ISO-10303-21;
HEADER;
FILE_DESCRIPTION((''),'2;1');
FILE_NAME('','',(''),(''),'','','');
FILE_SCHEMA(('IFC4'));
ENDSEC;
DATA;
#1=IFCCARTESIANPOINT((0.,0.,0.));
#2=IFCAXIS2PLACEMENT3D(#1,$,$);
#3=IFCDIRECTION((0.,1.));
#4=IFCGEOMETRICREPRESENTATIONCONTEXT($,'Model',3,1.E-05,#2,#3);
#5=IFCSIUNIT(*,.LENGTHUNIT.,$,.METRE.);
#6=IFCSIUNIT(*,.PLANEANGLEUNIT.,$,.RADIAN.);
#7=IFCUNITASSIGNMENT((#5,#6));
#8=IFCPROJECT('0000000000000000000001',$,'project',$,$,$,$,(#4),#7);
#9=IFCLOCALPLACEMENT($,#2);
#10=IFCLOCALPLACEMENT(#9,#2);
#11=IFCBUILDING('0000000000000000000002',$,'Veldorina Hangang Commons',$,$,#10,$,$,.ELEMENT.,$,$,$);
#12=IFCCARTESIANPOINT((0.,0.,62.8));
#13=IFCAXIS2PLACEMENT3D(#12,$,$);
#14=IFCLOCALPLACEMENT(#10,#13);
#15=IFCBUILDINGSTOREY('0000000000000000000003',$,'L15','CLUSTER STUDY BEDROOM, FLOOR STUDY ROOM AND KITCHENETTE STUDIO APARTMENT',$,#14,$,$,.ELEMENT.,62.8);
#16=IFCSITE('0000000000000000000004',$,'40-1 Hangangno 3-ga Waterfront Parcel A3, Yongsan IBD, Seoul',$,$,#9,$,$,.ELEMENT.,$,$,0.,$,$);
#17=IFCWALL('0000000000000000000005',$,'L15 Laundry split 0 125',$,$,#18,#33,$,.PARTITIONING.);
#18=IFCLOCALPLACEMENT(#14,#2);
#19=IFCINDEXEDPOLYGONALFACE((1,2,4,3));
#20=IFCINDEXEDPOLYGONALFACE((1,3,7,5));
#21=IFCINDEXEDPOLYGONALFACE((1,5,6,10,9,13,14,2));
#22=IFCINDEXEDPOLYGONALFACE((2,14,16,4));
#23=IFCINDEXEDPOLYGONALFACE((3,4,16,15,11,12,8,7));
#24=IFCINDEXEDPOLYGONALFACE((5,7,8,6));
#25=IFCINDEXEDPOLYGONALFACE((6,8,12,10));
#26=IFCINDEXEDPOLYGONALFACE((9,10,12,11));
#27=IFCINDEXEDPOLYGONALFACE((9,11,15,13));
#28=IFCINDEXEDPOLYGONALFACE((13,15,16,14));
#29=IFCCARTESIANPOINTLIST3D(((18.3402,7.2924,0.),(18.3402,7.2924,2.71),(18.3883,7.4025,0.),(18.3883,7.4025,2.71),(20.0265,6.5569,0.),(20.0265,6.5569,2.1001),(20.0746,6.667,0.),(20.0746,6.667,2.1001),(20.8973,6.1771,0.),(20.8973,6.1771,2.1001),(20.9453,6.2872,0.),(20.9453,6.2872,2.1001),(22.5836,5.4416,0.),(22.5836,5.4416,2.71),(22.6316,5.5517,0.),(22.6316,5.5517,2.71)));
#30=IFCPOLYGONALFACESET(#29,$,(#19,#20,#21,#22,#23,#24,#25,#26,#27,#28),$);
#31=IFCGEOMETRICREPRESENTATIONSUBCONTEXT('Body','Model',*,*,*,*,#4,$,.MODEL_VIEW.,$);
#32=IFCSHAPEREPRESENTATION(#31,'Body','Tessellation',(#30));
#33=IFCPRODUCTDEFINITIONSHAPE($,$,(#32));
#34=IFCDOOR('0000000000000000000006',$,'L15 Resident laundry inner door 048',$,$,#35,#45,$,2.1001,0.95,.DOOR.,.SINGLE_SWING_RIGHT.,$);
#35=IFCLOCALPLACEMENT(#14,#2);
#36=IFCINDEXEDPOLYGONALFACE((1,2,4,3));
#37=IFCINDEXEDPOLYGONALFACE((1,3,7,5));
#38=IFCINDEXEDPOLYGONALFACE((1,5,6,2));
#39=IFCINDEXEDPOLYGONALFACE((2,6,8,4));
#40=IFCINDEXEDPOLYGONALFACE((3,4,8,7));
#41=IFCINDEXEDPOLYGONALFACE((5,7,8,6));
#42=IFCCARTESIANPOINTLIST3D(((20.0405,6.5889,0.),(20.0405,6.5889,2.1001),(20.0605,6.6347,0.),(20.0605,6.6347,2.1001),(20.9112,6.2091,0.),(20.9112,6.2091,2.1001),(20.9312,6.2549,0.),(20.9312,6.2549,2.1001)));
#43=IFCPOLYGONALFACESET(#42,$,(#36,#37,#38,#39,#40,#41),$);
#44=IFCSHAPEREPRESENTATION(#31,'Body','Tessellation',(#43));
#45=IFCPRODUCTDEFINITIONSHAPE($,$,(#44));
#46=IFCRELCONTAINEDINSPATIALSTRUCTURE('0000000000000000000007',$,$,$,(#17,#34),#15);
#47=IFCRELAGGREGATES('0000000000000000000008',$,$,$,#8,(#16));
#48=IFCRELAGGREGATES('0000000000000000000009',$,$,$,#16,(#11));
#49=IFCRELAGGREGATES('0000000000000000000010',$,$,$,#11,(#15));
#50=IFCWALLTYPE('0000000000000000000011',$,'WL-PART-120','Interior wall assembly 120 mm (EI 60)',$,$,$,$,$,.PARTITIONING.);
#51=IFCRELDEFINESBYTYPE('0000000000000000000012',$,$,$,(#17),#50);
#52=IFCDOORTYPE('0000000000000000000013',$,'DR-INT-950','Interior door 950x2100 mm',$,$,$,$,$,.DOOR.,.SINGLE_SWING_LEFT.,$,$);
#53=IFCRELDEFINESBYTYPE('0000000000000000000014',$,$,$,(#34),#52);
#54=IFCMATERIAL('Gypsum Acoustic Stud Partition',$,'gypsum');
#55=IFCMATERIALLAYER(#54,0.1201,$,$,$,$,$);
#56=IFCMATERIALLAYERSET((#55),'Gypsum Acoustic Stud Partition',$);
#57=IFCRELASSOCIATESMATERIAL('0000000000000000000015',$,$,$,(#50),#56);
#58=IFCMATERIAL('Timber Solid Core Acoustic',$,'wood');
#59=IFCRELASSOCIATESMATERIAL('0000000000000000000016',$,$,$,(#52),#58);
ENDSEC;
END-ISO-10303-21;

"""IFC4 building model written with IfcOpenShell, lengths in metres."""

from ifc_helpers import new_model, si_unit, direction, frame, frame_2d, origin, place, context, subcontext, project, spatial, rectangle, extrude, material, layer, layer_set, type_object, element, fill, save


model = new_model("IFC4")

# Units and contexts
model_context = context("Model", 3, precision=1e-05, world=origin(), true_north=direction((0.0, 1.0)))
body_context = subcontext(model_context, "Body", "Model", "MODEL_VIEW")
ifc_project = project(units=[si_unit("LENGTHUNIT", "METRE"), si_unit("PLANEANGLEUNIT", "RADIAN")], contexts=[model_context])

# Site, building, storey
site_placement = place(None, origin())
site = spatial("IfcSite", under=ifc_project, at=site_placement, Name="40-1 Hangangno 3-ga Waterfront Parcel A3, Yongsan IBD, Seoul", CompositionType="ELEMENT", RefElevation=0.0)
building_placement = place(site_placement, origin())
building = spatial("IfcBuilding", under=site, at=building_placement, Name="Veldorina Hangang Commons", CompositionType="ELEMENT")
storey_placement = place(building_placement, frame((0.0, 0.0, 62.8)))
storey = spatial("IfcBuildingStorey", under=building, at=storey_placement, Name="L15", Description="CLUSTER STUDY BEDROOM, FLOOR STUDY ROOM AND KITCHENETTE STUDIO APARTMENT", CompositionType="ELEMENT", Elevation=62.8)

# Shared definitions
ifc_material_1 = material(Name="Timber Solid Core Acoustic", Category="wood")

# Wall, opening, door
ifc_material_2 = material(Name="Gypsum Acoustic Stud Partition", Category="gypsum")
ifc_layer_1 = layer(ifc_material_2, 0.1201)
ifc_layer_set_1 = layer_set([ifc_layer_1], Name="Gypsum Acoustic Stud Partition")
wall_type_1 = type_object("IfcWallType", Name="WL-PART-120", Description="Interior wall assembly 120 mm (EI 60)", PredefinedType="PARTITIONING", material=ifc_layer_set_1)
wall_1_placement = place(storey_placement, frame((18.3643, 7.3474, 0.0), z_axis=(0.0, 0.0, 1.0), x_axis=(0.916606, -0.399792, 0.0)))
wall_1 = element("IfcWall", 1, at=wall_1_placement, inside=storey, type_object=wall_type_1, Name="L15 Laundry split 0 125", PredefinedType="PARTITIONING", context=body_context, shape_type="SweptSolid", body=[
    extrude(rectangle(XDim=4.6294, YDim=0.1201, at=frame_2d((2.3147, 0.0))), origin(), (0.0, 0.0, 1.0), 2.71),
])
opening_1_placement = place(wall_1_placement, frame((1.8396, 0.0, 0.0)))
opening_1 = element("IfcOpeningElement", 2, at=opening_1_placement, cuts=wall_1, PredefinedType="OPENING", context=body_context, shape_type="SweptSolid", body=[
    extrude(rectangle(XDim=0.95, YDim=2.1001, at=frame_2d((0.4751, 1.05))), frame((0.0, 0.0701, 0.0), z_axis=(0.0, -1.0, 0.0), x_axis=(1.0, 0.0, 0.0)), (0.0, 0.0, 1.0), 0.1401),
])
door_type_1 = type_object("IfcDoorType", Name="DR-INT-950", Description="Interior door 950x2100 mm", OperationType="SINGLE_SWING_LEFT", PredefinedType="DOOR", material=ifc_material_1)
door_1_placement = place(opening_1_placement, origin())
door_1 = element("IfcDoor", 3, at=door_1_placement, inside=storey, type_object=door_type_1, Name="L15 Resident laundry inner door 048", OperationType="SINGLE_SWING_RIGHT", OverallHeight=2.1001, OverallWidth=0.95, PredefinedType="DOOR", context=body_context, shape_type="SweptSolid", body=[
    extrude(rectangle(XDim=0.95, YDim=2.1001, at=frame_2d((0.4751, 1.05))), frame((0.0, 0.0249, 0.0), z_axis=(0.0, -1.0, 0.0), x_axis=(1.0, 0.0, 0.0)), (0.0, 0.0, 1.0), 0.05),
])
fill(opening_1, door_1)

save(model, "model.ifc")
